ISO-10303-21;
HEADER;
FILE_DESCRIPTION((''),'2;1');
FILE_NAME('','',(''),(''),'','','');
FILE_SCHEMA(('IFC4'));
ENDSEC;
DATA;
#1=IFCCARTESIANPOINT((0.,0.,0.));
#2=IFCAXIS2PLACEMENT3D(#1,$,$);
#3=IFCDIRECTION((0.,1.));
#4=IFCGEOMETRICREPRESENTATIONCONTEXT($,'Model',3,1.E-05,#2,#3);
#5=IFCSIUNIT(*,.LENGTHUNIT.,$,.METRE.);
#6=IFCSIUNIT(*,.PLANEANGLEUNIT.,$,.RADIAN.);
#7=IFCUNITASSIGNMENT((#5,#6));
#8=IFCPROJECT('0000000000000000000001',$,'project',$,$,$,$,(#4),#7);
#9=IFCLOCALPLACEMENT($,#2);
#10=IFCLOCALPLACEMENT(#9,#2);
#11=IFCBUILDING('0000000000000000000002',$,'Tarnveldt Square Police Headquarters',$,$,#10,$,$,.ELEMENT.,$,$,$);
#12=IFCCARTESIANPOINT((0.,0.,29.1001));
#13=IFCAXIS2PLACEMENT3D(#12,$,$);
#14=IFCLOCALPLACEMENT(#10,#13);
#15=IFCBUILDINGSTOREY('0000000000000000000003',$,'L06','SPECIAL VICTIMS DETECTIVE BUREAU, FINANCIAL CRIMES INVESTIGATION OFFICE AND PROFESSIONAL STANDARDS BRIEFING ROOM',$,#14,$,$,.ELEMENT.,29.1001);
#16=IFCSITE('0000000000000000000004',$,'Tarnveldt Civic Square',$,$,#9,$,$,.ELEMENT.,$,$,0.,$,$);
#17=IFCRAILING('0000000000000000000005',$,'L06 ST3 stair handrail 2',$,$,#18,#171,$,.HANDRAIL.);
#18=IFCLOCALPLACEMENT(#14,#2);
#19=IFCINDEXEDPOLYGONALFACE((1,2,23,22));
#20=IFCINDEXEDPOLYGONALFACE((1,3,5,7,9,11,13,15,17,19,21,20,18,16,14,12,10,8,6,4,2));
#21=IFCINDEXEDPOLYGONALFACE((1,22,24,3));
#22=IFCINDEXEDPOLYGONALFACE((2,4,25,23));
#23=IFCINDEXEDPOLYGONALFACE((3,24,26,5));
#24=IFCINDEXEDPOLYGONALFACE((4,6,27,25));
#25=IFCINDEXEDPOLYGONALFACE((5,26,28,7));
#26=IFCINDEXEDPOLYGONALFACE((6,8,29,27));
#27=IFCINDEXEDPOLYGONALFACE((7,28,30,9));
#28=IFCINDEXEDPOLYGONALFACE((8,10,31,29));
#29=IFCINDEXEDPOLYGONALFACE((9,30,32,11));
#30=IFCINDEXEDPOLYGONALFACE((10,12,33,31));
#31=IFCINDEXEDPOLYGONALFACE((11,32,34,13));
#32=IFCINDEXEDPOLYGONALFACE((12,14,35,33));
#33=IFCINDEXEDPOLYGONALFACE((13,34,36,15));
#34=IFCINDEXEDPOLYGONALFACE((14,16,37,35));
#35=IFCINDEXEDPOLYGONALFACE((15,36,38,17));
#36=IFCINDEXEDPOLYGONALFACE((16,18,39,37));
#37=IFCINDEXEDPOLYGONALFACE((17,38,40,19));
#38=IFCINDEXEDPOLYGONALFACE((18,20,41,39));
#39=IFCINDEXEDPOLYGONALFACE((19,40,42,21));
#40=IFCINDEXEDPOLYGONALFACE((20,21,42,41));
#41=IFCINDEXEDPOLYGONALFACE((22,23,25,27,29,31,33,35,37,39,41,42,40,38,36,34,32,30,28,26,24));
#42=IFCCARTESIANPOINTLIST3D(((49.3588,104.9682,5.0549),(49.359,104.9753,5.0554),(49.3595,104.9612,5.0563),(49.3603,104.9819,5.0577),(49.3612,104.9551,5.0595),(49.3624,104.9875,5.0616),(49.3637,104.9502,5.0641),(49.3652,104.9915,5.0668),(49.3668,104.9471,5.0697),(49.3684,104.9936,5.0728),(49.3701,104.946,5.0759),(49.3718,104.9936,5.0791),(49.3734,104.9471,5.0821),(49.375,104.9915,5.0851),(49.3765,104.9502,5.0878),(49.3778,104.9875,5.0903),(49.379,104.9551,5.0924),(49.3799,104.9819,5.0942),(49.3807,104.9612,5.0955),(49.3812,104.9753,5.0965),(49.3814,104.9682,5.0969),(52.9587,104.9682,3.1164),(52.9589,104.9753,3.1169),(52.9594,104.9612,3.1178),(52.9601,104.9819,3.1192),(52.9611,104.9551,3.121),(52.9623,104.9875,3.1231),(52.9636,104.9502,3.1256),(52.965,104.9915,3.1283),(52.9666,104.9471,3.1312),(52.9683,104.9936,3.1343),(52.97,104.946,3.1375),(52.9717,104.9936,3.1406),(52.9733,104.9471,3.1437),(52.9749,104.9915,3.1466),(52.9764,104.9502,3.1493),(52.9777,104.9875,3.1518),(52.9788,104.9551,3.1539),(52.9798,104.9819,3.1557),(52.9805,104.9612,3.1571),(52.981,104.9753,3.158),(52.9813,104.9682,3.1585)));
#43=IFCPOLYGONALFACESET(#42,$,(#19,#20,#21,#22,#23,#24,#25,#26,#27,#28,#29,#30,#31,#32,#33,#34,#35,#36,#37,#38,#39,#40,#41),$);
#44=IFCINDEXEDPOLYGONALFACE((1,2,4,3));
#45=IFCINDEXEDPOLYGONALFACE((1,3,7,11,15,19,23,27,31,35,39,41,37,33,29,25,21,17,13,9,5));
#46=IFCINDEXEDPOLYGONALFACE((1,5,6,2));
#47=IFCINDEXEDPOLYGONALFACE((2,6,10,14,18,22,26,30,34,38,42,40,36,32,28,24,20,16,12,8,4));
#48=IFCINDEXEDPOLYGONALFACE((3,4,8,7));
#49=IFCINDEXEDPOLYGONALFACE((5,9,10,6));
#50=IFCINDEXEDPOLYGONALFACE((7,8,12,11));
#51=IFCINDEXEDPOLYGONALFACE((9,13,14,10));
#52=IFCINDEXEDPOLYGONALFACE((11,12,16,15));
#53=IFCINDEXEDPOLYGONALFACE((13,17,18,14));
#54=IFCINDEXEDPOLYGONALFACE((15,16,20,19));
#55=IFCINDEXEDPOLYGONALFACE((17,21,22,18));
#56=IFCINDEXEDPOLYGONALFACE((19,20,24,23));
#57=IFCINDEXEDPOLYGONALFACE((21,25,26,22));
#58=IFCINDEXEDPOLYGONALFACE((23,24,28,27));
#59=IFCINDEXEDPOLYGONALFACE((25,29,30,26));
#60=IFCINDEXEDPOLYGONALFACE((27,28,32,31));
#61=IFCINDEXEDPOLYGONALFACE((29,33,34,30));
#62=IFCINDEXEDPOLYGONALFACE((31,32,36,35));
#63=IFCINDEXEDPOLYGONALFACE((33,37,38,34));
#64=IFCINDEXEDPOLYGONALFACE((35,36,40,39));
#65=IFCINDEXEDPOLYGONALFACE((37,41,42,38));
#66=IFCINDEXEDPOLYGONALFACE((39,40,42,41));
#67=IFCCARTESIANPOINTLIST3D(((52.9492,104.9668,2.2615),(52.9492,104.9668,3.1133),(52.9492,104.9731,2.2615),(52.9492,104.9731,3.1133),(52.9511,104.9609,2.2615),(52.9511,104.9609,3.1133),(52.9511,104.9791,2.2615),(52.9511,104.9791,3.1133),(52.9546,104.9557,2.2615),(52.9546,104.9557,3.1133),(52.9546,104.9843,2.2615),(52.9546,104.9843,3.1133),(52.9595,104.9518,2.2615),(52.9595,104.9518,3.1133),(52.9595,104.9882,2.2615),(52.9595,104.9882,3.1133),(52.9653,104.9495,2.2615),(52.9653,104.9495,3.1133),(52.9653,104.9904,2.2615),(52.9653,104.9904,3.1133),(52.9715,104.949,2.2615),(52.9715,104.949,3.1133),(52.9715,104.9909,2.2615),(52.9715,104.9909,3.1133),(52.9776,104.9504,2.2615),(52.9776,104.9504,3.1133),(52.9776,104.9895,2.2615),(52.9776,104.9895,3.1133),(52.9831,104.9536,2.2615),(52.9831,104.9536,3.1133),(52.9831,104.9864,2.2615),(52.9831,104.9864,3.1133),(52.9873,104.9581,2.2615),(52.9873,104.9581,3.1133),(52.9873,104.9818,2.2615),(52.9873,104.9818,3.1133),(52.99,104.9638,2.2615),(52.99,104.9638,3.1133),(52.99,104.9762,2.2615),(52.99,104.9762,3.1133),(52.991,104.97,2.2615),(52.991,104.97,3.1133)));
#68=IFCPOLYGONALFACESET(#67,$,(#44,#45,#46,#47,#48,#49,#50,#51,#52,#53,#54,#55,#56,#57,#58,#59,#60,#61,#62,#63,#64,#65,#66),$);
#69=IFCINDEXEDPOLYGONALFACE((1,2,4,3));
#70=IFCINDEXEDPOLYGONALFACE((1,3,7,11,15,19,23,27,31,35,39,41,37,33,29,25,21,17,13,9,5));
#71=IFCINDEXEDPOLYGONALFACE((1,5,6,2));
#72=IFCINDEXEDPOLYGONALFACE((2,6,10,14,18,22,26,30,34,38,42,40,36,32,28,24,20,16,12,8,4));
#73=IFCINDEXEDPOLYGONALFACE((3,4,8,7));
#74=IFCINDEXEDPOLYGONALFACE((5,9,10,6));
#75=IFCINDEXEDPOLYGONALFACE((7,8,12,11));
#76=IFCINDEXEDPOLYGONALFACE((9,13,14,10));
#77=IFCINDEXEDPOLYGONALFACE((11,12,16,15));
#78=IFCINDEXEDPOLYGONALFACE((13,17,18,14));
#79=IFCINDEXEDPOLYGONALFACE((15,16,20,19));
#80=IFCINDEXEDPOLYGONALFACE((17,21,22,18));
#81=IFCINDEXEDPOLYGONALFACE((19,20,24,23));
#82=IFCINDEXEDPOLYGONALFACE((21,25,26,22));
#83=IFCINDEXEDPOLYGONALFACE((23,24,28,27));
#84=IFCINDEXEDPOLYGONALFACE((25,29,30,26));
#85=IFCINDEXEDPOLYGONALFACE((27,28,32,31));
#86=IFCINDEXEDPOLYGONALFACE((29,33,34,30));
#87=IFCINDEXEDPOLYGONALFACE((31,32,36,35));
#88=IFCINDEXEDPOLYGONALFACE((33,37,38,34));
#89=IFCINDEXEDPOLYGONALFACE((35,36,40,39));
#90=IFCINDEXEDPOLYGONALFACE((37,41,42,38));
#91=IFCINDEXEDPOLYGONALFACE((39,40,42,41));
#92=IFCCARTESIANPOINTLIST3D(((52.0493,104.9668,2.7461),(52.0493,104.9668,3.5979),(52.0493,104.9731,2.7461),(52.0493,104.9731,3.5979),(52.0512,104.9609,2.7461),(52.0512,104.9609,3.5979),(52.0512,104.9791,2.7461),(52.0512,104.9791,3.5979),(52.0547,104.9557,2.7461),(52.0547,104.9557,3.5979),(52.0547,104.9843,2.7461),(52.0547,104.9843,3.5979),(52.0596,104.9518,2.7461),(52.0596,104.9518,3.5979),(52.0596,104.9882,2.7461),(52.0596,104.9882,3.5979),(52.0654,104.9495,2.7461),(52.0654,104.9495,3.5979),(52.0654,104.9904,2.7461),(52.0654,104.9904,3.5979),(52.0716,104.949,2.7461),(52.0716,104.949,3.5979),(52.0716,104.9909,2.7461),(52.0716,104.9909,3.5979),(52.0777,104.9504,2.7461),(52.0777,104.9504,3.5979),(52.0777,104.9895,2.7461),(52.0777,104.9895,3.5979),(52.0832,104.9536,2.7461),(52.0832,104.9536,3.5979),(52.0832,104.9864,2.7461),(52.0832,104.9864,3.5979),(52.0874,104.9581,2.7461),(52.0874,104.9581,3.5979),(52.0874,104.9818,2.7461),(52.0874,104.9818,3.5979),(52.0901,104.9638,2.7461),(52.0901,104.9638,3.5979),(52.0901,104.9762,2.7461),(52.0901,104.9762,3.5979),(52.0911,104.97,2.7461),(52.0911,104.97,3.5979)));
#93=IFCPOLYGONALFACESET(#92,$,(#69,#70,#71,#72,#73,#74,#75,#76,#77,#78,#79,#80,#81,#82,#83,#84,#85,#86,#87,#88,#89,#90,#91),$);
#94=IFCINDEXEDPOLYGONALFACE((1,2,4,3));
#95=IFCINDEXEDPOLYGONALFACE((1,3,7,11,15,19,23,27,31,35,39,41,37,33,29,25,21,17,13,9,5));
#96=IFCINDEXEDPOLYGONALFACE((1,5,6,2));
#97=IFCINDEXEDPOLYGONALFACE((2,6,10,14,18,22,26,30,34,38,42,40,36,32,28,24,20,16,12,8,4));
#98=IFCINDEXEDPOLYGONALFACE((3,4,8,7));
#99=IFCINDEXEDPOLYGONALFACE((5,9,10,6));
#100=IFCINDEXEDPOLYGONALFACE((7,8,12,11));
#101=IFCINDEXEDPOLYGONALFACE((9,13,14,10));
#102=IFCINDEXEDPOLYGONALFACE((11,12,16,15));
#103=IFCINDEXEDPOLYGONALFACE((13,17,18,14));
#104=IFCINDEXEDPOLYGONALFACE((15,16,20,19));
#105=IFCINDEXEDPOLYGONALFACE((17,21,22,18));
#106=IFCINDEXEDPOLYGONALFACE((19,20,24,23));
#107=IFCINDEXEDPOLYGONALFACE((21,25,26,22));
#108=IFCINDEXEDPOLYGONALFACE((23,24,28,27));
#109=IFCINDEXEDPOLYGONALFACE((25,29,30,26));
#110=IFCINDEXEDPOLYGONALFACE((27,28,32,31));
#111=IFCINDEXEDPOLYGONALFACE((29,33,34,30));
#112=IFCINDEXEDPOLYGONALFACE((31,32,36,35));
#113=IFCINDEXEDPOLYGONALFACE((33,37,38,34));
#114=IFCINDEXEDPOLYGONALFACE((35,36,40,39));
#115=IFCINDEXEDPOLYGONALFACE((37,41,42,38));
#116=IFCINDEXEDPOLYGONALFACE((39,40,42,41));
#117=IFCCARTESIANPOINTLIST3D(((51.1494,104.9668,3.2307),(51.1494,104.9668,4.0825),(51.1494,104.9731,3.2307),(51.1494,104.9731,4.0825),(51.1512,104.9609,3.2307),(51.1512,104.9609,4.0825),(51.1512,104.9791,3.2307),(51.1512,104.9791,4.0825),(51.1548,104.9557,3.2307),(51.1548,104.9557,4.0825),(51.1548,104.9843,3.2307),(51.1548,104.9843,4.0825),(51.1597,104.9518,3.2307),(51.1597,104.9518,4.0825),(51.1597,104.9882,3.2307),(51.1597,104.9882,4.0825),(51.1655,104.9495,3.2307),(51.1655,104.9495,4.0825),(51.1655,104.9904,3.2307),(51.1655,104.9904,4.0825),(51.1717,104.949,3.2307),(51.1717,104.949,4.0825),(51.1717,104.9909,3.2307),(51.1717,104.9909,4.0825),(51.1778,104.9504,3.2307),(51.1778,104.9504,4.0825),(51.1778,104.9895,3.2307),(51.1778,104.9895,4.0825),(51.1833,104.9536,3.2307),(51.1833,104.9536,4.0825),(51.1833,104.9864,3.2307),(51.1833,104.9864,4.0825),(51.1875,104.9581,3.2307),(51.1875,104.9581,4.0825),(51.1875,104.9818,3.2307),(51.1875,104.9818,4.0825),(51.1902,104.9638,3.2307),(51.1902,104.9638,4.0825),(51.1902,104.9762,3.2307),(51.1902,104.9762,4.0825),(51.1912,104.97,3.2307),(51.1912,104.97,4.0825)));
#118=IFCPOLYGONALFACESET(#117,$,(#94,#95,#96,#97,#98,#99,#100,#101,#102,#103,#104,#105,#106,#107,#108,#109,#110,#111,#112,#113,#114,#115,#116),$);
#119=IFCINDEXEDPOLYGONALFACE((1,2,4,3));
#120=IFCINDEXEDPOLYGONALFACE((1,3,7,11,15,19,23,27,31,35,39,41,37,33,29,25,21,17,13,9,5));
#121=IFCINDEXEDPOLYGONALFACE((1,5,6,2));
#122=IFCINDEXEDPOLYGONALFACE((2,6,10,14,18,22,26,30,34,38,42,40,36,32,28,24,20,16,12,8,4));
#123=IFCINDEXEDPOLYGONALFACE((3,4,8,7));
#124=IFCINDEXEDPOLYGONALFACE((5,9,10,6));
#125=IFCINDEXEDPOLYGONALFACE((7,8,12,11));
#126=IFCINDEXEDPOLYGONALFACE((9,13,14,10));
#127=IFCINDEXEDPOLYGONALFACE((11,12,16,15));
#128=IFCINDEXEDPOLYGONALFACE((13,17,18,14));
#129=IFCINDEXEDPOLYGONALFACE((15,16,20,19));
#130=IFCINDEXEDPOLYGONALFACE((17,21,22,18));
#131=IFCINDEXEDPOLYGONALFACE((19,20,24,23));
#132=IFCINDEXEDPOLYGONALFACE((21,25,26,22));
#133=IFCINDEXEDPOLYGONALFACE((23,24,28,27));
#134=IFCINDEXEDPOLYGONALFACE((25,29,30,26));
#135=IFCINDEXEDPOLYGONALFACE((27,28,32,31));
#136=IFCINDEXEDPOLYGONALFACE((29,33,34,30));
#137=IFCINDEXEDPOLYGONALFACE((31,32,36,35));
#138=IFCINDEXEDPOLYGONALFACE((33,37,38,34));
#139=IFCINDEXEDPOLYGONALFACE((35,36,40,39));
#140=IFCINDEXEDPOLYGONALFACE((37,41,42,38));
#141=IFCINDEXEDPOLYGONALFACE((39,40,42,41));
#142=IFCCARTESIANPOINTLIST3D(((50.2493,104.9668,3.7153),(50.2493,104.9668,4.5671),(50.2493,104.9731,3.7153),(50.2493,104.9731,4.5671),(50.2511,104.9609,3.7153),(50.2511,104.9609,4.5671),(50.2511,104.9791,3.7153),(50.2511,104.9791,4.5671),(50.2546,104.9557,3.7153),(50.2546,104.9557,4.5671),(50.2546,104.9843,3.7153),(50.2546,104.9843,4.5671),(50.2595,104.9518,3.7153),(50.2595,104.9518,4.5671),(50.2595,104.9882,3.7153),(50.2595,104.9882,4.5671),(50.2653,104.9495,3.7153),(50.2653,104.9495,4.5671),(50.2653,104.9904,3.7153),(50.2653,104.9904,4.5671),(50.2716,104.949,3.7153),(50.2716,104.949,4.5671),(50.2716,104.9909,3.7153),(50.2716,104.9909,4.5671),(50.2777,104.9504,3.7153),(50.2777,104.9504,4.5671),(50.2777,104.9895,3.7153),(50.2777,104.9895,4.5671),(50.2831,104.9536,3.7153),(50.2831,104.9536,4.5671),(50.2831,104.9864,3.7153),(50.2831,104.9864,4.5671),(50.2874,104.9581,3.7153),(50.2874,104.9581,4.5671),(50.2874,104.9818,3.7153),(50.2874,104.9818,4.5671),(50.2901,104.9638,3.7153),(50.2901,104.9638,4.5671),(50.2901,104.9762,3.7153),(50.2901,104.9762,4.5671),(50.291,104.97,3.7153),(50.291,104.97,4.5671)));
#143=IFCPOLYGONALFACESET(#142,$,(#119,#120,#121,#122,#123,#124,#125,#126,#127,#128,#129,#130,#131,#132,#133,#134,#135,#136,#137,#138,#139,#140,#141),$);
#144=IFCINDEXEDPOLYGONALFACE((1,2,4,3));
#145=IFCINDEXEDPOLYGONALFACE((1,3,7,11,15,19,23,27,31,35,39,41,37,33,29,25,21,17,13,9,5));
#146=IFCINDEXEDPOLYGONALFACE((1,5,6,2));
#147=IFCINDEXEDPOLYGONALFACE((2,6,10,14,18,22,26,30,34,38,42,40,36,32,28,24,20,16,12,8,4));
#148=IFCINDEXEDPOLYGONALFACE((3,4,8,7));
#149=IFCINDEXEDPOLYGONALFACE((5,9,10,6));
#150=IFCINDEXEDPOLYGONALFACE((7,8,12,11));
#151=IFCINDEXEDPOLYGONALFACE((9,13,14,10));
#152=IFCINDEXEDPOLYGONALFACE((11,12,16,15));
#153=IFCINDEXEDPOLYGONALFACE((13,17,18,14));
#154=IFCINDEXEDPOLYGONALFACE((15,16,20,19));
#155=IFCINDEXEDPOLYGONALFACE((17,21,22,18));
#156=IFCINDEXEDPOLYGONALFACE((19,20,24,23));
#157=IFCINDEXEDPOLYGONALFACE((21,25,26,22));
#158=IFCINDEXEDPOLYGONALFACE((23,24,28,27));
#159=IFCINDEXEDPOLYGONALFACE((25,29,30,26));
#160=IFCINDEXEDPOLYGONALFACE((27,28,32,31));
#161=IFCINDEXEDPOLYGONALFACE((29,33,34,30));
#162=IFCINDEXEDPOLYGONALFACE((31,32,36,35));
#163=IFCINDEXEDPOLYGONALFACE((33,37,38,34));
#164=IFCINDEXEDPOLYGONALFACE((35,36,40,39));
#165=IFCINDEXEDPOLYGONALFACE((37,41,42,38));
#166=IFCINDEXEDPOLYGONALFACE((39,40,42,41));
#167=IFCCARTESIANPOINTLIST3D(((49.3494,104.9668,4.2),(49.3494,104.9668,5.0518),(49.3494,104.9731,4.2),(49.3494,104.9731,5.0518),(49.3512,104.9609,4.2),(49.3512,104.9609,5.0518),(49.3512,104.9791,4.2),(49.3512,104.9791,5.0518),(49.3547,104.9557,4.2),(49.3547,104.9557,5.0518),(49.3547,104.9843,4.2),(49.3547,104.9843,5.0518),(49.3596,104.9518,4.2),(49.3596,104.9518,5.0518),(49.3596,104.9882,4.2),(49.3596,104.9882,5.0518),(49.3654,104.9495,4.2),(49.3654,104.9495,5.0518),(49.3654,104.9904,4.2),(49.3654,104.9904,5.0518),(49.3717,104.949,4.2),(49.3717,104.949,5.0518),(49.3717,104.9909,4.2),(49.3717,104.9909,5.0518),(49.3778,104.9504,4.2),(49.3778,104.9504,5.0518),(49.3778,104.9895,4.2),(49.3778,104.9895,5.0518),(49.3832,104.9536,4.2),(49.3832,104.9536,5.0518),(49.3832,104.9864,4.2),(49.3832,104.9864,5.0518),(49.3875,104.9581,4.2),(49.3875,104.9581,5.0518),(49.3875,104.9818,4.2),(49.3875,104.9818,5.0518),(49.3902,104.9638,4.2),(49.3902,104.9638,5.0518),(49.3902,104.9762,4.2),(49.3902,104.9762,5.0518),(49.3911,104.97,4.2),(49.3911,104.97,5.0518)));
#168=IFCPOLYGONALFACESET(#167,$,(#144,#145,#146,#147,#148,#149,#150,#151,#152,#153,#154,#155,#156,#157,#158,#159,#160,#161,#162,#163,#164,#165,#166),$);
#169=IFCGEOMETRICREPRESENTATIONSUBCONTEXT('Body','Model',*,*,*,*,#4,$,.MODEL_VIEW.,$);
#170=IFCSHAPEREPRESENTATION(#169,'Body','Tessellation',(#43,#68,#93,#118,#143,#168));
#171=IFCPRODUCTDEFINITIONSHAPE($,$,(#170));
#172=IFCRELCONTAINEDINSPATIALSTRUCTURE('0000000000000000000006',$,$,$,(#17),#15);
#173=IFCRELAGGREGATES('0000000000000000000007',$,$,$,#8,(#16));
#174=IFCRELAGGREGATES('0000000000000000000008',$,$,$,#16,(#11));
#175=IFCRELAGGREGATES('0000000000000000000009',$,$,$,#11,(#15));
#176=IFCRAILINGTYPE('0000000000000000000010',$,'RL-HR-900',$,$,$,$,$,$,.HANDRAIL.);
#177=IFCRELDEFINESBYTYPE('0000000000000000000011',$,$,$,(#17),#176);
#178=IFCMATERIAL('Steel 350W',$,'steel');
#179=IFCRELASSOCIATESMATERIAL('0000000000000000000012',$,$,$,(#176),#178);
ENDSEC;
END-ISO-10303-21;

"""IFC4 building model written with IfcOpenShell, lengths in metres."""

from ifc_helpers import new_model, si_unit, direction, frame, origin, origin_2d, place, context, subcontext, project, spatial, circle, extrude, material, type_object, element, save


model = new_model("IFC4")

# Units and contexts
model_context = context("Model", 3, precision=1e-05, world=origin(), true_north=direction((0.0, 1.0)))
body_context = subcontext(model_context, "Body", "Model", "MODEL_VIEW")
ifc_project = project(units=[si_unit("LENGTHUNIT", "METRE"), si_unit("PLANEANGLEUNIT", "RADIAN")], contexts=[model_context])

# Site, building, storey
site_placement = place(None, origin())
site = spatial("IfcSite", under=ifc_project, at=site_placement, Name="Tarnveldt Civic Square", CompositionType="ELEMENT", RefElevation=0.0)
building_placement = place(site_placement, origin())
building = spatial("IfcBuilding", under=site, at=building_placement, Name="Tarnveldt Square Police Headquarters", CompositionType="ELEMENT")
storey_placement = place(building_placement, frame((0.0, 0.0, 29.1001)))
storey = spatial("IfcBuildingStorey", under=building, at=storey_placement, Name="L06", Description="SPECIAL VICTIMS DETECTIVE BUREAU, FINANCIAL CRIMES INVESTIGATION OFFICE AND PROFESSIONAL STANDARDS BRIEFING ROOM", CompositionType="ELEMENT", Elevation=29.1001)

# Shared definitions
ifc_material_1 = material(Name="Steel 350W", Category="steel")

# Railing
railing_type_1 = type_object("IfcRailingType", Name="RL-HR-900", PredefinedType="HANDRAIL", material=ifc_material_1)
railing_1_placement = place(storey_placement, frame((52.97, 104.97, 2.2615)))
element("IfcRailing", 1, at=railing_1_placement, inside=storey, type_object=railing_type_1, Name="L06 ST3 stair handrail 2", PredefinedType="HANDRAIL", context=body_context, shape_type="SweptSolid", body=[
    extrude(circle(Radius=0.0239, at=origin_2d()), frame((0.0, 0.0, 0.876), z_axis=(-0.880462, 0.0, 0.474118), x_axis=(0.0, -1.0, 0.0)), (0.0, 0.0, 1.0), 4.0886),
    extrude(circle(Radius=0.021, at=origin_2d()), origin(), (0.0, 0.0, 1.0), 0.8518),
    extrude(circle(Radius=0.021, at=origin_2d()), frame((-0.8999, 0.0, 0.4846)), (0.0, 0.0, 1.0), 0.8518),
    extrude(circle(Radius=0.021, at=origin_2d()), frame((-1.7998, 0.0, 0.9692)), (0.0, 0.0, 1.0), 0.8518),
    extrude(circle(Radius=0.021, at=origin_2d()), frame((-2.7, 0.0, 1.4539)), (0.0, 0.0, 1.0), 0.8518),
    extrude(circle(Radius=0.021, at=origin_2d()), frame((-3.5999, 0.0, 1.9385)), (0.0, 0.0, 1.0), 0.8518),
])

save(model, "model.ifc")
